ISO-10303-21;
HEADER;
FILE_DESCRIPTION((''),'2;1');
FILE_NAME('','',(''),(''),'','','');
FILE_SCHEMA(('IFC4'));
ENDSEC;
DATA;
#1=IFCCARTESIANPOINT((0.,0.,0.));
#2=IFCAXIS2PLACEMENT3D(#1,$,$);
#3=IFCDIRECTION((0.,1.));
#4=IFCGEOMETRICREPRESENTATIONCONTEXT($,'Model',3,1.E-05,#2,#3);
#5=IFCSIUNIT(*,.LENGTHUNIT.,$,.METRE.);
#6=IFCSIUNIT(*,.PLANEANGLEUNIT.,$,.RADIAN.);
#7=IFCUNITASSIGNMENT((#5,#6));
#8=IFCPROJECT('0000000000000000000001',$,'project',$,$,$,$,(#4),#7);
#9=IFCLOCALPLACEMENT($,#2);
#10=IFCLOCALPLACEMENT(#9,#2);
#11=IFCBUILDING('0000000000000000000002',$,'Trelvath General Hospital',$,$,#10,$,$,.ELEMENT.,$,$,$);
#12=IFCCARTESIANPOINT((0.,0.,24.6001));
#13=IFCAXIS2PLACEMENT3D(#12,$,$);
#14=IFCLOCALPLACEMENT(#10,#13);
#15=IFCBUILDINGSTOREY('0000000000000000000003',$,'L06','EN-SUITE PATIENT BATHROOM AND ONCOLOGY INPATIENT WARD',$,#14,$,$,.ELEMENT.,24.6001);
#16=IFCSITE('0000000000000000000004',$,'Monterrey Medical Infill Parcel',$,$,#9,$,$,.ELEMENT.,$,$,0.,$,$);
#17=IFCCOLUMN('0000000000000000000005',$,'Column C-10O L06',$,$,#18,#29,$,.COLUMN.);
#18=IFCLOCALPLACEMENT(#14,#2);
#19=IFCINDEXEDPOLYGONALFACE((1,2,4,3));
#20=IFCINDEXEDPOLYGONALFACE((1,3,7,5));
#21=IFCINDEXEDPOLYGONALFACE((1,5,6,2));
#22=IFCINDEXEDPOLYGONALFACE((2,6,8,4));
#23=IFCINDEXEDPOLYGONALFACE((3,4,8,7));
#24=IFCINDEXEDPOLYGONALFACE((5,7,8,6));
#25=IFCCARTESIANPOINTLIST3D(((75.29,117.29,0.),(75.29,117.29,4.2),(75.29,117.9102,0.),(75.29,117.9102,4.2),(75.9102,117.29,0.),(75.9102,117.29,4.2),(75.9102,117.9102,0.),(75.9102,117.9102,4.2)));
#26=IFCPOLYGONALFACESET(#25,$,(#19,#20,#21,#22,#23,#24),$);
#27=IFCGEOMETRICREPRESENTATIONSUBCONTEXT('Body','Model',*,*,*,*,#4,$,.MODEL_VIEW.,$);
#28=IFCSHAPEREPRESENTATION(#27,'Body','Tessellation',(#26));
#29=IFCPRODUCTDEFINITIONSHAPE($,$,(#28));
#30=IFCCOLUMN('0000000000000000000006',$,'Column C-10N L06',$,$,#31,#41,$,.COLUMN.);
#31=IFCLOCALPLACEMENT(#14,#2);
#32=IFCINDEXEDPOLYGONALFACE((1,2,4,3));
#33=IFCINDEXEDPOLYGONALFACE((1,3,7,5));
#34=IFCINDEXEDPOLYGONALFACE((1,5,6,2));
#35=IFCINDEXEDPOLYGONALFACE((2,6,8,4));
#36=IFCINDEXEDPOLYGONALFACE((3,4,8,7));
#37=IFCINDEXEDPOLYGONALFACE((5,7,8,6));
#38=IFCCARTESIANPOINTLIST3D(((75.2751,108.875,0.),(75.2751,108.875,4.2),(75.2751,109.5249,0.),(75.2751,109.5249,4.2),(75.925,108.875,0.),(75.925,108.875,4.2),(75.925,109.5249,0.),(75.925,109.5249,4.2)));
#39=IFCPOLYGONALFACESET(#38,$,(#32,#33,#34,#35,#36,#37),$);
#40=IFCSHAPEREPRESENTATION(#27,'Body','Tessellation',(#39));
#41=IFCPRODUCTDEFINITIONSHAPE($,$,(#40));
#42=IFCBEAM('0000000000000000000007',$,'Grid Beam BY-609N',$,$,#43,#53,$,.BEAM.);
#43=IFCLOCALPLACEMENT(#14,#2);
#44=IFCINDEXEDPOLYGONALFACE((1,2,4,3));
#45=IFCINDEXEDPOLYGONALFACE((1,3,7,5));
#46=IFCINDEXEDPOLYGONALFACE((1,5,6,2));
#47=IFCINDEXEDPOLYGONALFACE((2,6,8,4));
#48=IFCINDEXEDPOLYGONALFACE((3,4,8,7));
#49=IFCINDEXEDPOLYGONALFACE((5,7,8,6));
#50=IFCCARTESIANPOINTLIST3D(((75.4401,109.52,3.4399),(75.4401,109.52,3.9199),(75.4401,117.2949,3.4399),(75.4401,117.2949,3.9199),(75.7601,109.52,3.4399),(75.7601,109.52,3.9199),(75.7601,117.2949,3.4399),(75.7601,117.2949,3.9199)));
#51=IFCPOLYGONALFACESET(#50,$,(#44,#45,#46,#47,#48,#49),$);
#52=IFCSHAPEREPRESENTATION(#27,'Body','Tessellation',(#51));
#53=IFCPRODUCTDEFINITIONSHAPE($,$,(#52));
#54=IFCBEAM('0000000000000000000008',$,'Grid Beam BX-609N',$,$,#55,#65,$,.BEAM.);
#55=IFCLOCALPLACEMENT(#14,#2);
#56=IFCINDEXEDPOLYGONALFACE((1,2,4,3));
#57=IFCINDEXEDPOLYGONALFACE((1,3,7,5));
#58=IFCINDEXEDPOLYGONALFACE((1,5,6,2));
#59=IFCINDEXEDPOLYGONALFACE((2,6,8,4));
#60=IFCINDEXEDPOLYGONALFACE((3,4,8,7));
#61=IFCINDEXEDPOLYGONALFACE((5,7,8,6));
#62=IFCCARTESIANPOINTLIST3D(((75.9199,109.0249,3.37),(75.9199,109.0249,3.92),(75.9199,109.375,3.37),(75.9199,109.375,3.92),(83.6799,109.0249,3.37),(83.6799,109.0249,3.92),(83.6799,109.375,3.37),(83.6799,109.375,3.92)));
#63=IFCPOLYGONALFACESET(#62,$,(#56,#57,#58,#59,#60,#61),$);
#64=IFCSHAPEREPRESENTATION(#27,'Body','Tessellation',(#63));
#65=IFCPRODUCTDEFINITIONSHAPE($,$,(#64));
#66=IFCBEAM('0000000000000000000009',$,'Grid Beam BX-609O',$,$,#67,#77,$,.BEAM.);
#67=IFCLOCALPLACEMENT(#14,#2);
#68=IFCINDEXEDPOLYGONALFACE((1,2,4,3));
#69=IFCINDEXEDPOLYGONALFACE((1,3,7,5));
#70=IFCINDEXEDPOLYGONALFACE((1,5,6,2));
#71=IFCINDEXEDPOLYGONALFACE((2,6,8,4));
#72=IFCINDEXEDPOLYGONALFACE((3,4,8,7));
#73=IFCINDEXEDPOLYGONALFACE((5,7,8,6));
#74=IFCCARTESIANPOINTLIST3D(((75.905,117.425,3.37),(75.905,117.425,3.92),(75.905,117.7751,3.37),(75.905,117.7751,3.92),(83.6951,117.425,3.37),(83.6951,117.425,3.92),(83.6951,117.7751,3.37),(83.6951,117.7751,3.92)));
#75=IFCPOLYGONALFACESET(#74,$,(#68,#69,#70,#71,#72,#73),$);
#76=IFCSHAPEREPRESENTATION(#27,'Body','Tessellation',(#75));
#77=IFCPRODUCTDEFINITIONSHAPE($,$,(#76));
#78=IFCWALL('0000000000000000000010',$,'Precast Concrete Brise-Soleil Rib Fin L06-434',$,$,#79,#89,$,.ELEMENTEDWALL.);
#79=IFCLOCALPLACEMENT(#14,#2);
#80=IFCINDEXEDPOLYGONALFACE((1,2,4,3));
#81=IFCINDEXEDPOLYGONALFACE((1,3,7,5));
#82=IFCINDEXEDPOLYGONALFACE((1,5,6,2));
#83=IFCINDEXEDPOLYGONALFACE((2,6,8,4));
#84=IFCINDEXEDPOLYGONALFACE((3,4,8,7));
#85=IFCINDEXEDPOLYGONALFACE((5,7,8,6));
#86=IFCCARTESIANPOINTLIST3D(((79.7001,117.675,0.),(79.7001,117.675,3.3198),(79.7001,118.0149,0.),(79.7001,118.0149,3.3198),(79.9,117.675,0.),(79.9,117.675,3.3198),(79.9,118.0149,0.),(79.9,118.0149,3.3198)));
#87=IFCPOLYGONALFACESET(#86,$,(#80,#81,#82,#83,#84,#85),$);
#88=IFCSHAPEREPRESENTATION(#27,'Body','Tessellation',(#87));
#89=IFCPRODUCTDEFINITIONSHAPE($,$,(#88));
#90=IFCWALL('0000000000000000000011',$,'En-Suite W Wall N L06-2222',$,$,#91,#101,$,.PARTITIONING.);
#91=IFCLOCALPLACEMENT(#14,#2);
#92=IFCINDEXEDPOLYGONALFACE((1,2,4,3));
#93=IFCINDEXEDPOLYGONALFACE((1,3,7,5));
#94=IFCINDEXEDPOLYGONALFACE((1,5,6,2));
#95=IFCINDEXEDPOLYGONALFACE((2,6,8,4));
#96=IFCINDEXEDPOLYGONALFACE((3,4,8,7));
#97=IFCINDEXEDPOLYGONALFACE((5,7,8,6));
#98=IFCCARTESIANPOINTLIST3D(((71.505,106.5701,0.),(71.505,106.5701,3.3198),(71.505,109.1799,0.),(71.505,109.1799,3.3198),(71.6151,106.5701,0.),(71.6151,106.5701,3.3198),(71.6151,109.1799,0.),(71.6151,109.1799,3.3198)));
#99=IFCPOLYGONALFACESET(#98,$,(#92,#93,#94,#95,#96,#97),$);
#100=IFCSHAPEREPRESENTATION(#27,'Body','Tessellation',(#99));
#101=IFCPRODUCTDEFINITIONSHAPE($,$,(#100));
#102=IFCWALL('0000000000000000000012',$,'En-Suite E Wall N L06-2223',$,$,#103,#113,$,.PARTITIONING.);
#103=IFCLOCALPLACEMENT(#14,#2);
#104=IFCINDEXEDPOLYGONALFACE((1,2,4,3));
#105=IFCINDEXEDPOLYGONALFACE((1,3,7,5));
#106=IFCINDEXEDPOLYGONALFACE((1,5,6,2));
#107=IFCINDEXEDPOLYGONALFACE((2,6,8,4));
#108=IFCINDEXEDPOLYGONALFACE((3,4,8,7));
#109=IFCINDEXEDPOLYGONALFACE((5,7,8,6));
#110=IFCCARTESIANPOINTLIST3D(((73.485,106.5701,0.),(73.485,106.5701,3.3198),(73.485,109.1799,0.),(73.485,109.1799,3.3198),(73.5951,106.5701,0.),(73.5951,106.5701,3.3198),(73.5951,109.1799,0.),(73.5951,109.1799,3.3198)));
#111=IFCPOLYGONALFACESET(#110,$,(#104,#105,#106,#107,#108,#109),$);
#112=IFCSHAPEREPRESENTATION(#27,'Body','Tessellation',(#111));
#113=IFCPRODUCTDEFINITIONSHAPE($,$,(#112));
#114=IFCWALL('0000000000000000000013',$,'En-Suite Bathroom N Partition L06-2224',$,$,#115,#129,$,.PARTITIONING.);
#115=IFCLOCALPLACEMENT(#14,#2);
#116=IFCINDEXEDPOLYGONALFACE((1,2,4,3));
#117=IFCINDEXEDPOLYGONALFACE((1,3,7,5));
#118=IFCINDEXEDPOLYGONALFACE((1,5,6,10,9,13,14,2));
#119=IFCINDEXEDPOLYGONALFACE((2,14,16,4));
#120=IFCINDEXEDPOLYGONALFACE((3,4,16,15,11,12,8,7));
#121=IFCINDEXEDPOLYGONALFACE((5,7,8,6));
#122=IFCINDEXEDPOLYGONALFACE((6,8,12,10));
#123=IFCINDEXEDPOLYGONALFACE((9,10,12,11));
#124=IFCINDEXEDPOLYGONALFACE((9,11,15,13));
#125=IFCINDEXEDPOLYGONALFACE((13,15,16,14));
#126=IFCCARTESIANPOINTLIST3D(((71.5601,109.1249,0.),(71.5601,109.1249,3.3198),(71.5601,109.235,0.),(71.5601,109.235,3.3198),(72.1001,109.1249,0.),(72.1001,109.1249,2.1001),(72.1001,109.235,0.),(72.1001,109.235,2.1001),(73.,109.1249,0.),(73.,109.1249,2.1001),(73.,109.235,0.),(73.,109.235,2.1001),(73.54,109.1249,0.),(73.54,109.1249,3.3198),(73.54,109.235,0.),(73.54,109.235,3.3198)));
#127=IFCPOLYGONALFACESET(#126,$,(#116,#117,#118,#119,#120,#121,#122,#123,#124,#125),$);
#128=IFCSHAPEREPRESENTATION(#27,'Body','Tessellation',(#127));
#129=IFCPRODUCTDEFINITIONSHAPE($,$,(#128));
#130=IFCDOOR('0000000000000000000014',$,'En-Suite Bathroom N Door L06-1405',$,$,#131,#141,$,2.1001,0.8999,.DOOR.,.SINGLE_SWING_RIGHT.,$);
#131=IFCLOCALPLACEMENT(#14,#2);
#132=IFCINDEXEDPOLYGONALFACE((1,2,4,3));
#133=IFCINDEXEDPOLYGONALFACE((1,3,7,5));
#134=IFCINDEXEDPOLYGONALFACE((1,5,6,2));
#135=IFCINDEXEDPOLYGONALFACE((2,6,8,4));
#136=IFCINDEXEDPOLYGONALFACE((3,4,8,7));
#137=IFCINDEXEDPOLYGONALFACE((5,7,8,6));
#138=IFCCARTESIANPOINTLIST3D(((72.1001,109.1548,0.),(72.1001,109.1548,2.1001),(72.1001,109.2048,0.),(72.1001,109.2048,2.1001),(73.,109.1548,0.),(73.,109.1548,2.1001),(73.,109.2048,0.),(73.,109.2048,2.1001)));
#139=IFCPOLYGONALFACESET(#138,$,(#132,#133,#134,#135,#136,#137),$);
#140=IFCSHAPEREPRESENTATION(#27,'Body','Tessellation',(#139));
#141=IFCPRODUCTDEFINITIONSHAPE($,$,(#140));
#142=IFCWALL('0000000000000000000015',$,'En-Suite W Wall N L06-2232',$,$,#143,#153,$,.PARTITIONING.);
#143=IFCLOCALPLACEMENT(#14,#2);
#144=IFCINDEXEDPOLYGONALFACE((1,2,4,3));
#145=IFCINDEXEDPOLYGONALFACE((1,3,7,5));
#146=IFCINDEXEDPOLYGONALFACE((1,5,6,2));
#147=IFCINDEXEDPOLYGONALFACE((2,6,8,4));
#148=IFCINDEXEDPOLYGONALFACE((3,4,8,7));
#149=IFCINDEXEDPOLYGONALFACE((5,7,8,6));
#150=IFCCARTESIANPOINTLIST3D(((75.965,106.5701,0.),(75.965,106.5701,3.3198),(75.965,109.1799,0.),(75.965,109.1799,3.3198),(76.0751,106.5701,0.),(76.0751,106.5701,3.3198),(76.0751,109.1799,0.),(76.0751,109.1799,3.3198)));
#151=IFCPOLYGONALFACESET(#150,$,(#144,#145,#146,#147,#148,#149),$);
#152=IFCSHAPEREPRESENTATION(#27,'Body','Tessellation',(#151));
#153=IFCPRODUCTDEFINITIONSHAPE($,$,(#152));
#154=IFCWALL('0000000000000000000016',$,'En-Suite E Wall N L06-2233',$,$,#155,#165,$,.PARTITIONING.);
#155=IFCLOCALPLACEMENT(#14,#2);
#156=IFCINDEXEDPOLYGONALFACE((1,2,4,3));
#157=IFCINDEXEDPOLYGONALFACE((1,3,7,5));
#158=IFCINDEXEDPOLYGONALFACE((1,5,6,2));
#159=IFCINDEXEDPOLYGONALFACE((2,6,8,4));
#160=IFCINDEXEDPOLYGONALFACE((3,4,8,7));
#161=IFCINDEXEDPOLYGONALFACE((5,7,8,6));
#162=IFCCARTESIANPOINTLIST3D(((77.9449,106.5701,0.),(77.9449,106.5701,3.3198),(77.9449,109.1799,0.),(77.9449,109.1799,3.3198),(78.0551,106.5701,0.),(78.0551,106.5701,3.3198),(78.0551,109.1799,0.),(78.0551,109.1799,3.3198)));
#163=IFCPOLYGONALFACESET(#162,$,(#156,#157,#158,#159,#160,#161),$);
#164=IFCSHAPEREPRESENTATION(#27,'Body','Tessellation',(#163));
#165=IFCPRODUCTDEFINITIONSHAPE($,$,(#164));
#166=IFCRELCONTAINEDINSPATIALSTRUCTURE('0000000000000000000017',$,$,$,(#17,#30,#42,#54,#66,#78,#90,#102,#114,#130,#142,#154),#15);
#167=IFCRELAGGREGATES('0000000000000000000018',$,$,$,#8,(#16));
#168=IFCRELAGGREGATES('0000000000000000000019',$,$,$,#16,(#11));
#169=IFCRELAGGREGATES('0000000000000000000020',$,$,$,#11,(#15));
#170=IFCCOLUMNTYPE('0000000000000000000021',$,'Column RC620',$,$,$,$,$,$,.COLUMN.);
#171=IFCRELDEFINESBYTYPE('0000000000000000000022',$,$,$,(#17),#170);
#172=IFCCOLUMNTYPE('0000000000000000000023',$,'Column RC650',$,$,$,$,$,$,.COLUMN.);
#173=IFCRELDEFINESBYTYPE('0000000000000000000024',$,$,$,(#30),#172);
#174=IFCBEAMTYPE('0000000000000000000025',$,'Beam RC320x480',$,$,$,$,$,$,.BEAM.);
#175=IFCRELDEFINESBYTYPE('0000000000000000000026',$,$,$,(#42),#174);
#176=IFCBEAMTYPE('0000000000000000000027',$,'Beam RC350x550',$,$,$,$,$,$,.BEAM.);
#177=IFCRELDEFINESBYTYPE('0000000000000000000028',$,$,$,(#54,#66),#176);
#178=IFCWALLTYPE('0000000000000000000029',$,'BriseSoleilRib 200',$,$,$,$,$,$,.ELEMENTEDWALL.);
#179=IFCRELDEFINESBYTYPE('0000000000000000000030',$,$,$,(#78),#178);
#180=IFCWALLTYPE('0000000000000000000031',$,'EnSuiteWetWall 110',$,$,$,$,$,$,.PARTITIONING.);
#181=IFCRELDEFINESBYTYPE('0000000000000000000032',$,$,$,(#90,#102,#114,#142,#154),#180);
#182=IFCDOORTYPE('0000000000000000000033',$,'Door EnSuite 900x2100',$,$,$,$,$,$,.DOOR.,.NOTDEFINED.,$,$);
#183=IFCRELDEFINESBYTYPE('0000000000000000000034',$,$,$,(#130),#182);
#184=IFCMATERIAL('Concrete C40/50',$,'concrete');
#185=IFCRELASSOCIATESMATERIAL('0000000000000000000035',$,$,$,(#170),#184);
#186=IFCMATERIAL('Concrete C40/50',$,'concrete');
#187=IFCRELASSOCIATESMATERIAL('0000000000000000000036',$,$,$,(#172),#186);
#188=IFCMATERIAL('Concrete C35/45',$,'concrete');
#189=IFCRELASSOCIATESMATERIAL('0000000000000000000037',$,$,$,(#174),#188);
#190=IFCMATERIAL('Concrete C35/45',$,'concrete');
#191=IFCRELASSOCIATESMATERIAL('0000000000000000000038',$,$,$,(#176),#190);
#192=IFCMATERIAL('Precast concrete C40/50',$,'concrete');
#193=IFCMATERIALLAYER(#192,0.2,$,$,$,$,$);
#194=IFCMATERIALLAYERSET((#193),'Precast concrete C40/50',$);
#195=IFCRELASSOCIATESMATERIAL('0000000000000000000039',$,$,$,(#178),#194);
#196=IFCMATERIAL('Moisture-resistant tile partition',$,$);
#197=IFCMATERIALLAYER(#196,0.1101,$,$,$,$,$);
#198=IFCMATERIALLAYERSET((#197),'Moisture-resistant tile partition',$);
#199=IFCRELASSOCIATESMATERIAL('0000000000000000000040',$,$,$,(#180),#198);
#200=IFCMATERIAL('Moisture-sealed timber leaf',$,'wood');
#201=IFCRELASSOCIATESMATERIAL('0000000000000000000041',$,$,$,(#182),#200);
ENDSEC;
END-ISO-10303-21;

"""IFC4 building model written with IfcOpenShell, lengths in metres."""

from ifc_helpers import new_model, si_unit, direction, frame, frame_2d, origin, origin_2d, place, context, subcontext, project, spatial, rectangle, extrude, material, layer, layer_set, material_profile, profile_set, type_object, element, fill, save


model = new_model("IFC4")

# Units and contexts
model_context = context("Model", 3, precision=1e-05, world=origin(), true_north=direction((0.0, 1.0)))
body_context = subcontext(model_context, "Body", "Model", "MODEL_VIEW")
ifc_project = project(units=[si_unit("LENGTHUNIT", "METRE"), si_unit("PLANEANGLEUNIT", "RADIAN")], contexts=[model_context])

# Site, building, storey
site_placement = place(None, origin())
site = spatial("IfcSite", under=ifc_project, at=site_placement, Name="Monterrey Medical Infill Parcel", CompositionType="ELEMENT", RefElevation=0.0)
building_placement = place(site_placement, origin())
building = spatial("IfcBuilding", under=site, at=building_placement, Name="Trelvath General Hospital", CompositionType="ELEMENT")
storey_placement = place(building_placement, frame((0.0, 0.0, 24.6001)))
storey = spatial("IfcBuildingStorey", under=building, at=storey_placement, Name="L06", Description="EN-SUITE PATIENT BATHROOM AND ONCOLOGY INPATIENT WARD", CompositionType="ELEMENT", Elevation=24.6001)

# Columns
ifc_material_1 = material(Name="Concrete C40/50", Category="concrete")
ifc_material_profile_1 = material_profile(ifc_material_1, rectangle(XDim=0.6201, YDim=0.6201, at=origin_2d()), Name="RC620x620")
ifc_profile_set_1 = profile_set([ifc_material_profile_1], Name="Concrete C40/50")
column_type_1 = type_object("IfcColumnType", Name="Column RC620", PredefinedType="COLUMN", material=ifc_profile_set_1)
column_1_placement = place(storey_placement, frame((75.6001, 117.6001, 0.0), z_axis=(0.0, 0.0, 1.0), x_axis=(1.0, 0.0, 0.0)))
element("IfcColumn", 1, at=column_1_placement, inside=storey, type_object=column_type_1, Name="Column C-10O L06", PredefinedType="COLUMN", context=body_context, shape_type="SweptSolid", body=[
    extrude(rectangle(XDim=0.6201, YDim=0.6201, at=origin_2d()), origin(), (0.0, 0.0, 1.0), 4.2),
])
ifc_material_2 = material(Name="Concrete C40/50", Category="concrete")
ifc_material_profile_2 = material_profile(ifc_material_2, rectangle(XDim=0.6499, YDim=0.6499, at=origin_2d()), Name="RC650x650")
ifc_profile_set_2 = profile_set([ifc_material_profile_2], Name="Concrete C40/50")
column_type_2 = type_object("IfcColumnType", Name="Column RC650", PredefinedType="COLUMN", material=ifc_profile_set_2)
column_2_placement = place(storey_placement, frame((75.6001, 109.2, 0.0), z_axis=(0.0, 0.0, 1.0), x_axis=(1.0, 0.0, 0.0)))
element("IfcColumn", 2, at=column_2_placement, inside=storey, type_object=column_type_2, Name="Column C-10N L06", PredefinedType="COLUMN", context=body_context, shape_type="SweptSolid", body=[
    extrude(rectangle(XDim=0.6499, YDim=0.6499, at=origin_2d()), origin(), (0.0, 0.0, 1.0), 4.2),
])

# Beams
ifc_material_3 = material(Name="Concrete C35/45", Category="concrete")
ifc_material_profile_3 = material_profile(ifc_material_3, rectangle(XDim=0.3201, YDim=0.48, at=origin_2d()), Name="RCB320x480")
ifc_profile_set_3 = profile_set([ifc_material_profile_3], Name="Concrete C35/45")
beam_type_1 = type_object("IfcBeamType", Name="Beam RC320x480", PredefinedType="BEAM", material=ifc_profile_set_3)
beam_1_placement = place(storey_placement, frame((75.6001, 109.52, 3.6799), z_axis=(0.0, 1.0, 0.0), x_axis=(-1.0, 0.0, 0.0)))
element("IfcBeam", 3, at=beam_1_placement, inside=storey, type_object=beam_type_1, Name="Grid Beam BY-609N", PredefinedType="BEAM", context=body_context, shape_type="SweptSolid", body=[
    extrude(rectangle(XDim=0.3201, YDim=0.48, at=origin_2d()), origin(), (0.0, 0.0, 1.0), 7.7749),
])
ifc_material_4 = material(Name="Concrete C35/45", Category="concrete")
ifc_material_profile_4 = material_profile(ifc_material_4, rectangle(XDim=0.3501, YDim=0.55, at=origin_2d()), Name="RCB350x550")
ifc_profile_set_4 = profile_set([ifc_material_profile_4], Name="Concrete C35/45")
beam_type_2 = type_object("IfcBeamType", Name="Beam RC350x550", PredefinedType="BEAM", material=ifc_profile_set_4)
beam_2_placement = place(storey_placement, frame((75.9199, 109.2, 3.645), z_axis=(1.0, 0.0, 0.0), x_axis=(0.0, 1.0, 0.0)))
element("IfcBeam", 4, at=beam_2_placement, inside=storey, type_object=beam_type_2, Name="Grid Beam BX-609N", PredefinedType="BEAM", context=body_context, shape_type="SweptSolid", body=[
    extrude(rectangle(XDim=0.3501, YDim=0.55, at=origin_2d()), origin(), (0.0, 0.0, 1.0), 7.76),
])
beam_3_placement = place(storey_placement, frame((75.905, 117.6001, 3.645), z_axis=(1.0, 0.0, 0.0), x_axis=(0.0, 1.0, 0.0)))
element("IfcBeam", 5, at=beam_3_placement, inside=storey, type_object=beam_type_2, Name="Grid Beam BX-609O", PredefinedType="BEAM", context=body_context, shape_type="SweptSolid", body=[
    extrude(rectangle(XDim=0.3501, YDim=0.55, at=origin_2d()), origin(), (0.0, 0.0, 1.0), 7.79),
])

# Walls
ifc_material_5 = material(Name="Precast concrete C40/50", Category="concrete")
ifc_layer_1 = layer(ifc_material_5, 0.2)
ifc_layer_set_1 = layer_set([ifc_layer_1], Name="Precast concrete C40/50")
wall_type_1 = type_object("IfcWallType", Name="BriseSoleilRib 200", PredefinedType="ELEMENTEDWALL", material=ifc_layer_set_1)
wall_1_placement = place(storey_placement, frame((79.8, 117.675, 0.0), z_axis=(0.0, 0.0, 1.0), x_axis=(0.0, 1.0, 0.0)))
element("IfcWall", 6, at=wall_1_placement, inside=storey, type_object=wall_type_1, Name="Precast Concrete Brise-Soleil Rib Fin L06-434", PredefinedType="ELEMENTEDWALL", context=body_context, shape_type="SweptSolid", body=[
    extrude(rectangle(XDim=0.3398, YDim=0.2, at=frame_2d((0.1699, 0.0))), origin(), (0.0, 0.0, 1.0), 3.3198),
])
ifc_material_6 = material(Name="Moisture-resistant tile partition")
ifc_layer_2 = layer(ifc_material_6, 0.1101)
ifc_layer_set_2 = layer_set([ifc_layer_2], Name="Moisture-resistant tile partition")
wall_type_2 = type_object("IfcWallType", Name="EnSuiteWetWall 110", PredefinedType="PARTITIONING", material=ifc_layer_set_2)
for number, where, z_axis, x_axis, name in (
    (7, (71.5601, 106.5701, 0.0), (0.0, 0.0, 1.0), (0.0, 1.0, 0.0), "En-Suite W Wall N L06-2222"),
    (8, (73.54, 106.5701, 0.0), (0.0, 0.0, 1.0), (0.0, 1.0, 0.0), "En-Suite E Wall N L06-2223"),
):
    element("IfcWall", number, at=place(storey_placement, frame(where, z_axis=z_axis, x_axis=x_axis)), inside=storey, type_object=wall_type_2, Name=name, PredefinedType="PARTITIONING", context=body_context, shape_type="SweptSolid", body=[
        extrude(rectangle(XDim=2.6099, YDim=0.1101, at=frame_2d((1.3049, 0.0))), origin(), (0.0, 0.0, 1.0), 3.3198),
    ])

# Wall, opening, door
wall_2_placement = place(storey_placement, frame((71.5601, 109.1799, 0.0), z_axis=(0.0, 0.0, 1.0), x_axis=(1.0, 0.0, 0.0)))
wall_2 = element("IfcWall", 9, at=wall_2_placement, inside=storey, type_object=wall_type_2, Name="En-Suite Bathroom N Partition L06-2224", PredefinedType="PARTITIONING", context=body_context, shape_type="SweptSolid", body=[
    extrude(rectangle(XDim=1.98, YDim=0.1101, at=frame_2d((0.99, 0.0))), origin(), (0.0, 0.0, 1.0), 3.3198),
])
opening_1_placement = place(wall_2_placement, frame((0.54, 0.0, 0.0)))
opening_1 = element("IfcOpeningElement", 10, at=opening_1_placement, cuts=wall_2, PredefinedType="OPENING", context=body_context, shape_type="SweptSolid", body=[
    extrude(rectangle(XDim=0.8999, YDim=2.1001, at=frame_2d((0.45, 1.05))), frame((0.0, 0.0649, 0.0), z_axis=(0.0, -1.0, 0.0), x_axis=(1.0, 0.0, 0.0)), (0.0, 0.0, 1.0), 0.1301),
])
ifc_material_7 = material(Name="Moisture-sealed timber leaf", Category="wood")
door_type = type_object("IfcDoorType", Name="Door EnSuite 900x2100", OperationType="NOTDEFINED", PredefinedType="DOOR", material=ifc_material_7)
door_1_placement = place(opening_1_placement, origin())
door_1 = element("IfcDoor", 11, at=door_1_placement, inside=storey, type_object=door_type, Name="En-Suite Bathroom N Door L06-1405", OperationType="SINGLE_SWING_RIGHT", OverallHeight=2.1001, OverallWidth=0.8999, PredefinedType="DOOR", context=body_context, shape_type="SweptSolid", body=[
    extrude(rectangle(XDim=0.8999, YDim=2.1001, at=frame_2d((0.45, 1.05))), frame((0.0, 0.0249, 0.0), z_axis=(0.0, -1.0, 0.0), x_axis=(1.0, 0.0, 0.0)), (0.0, 0.0, 1.0), 0.05),
])
fill(opening_1, door_1)

# Walls
for number, where, z_axis, x_axis, name in (
    (12, (76.02, 106.5701, 0.0), (0.0, 0.0, 1.0), (0.0, 1.0, 0.0), "En-Suite W Wall N L06-2232"),
    (13, (78.0, 106.5701, 0.0), (0.0, 0.0, 1.0), (0.0, 1.0, 0.0), "En-Suite E Wall N L06-2233"),
):
    element("IfcWall", number, at=place(storey_placement, frame(where, z_axis=z_axis, x_axis=x_axis)), inside=storey, type_object=wall_type_2, Name=name, PredefinedType="PARTITIONING", context=body_context, shape_type="SweptSolid", body=[
        extrude(rectangle(XDim=2.6099, YDim=0.1101, at=frame_2d((1.3049, 0.0))), origin(), (0.0, 0.0, 1.0), 3.3198),
    ])

save(model, "model.ifc")
